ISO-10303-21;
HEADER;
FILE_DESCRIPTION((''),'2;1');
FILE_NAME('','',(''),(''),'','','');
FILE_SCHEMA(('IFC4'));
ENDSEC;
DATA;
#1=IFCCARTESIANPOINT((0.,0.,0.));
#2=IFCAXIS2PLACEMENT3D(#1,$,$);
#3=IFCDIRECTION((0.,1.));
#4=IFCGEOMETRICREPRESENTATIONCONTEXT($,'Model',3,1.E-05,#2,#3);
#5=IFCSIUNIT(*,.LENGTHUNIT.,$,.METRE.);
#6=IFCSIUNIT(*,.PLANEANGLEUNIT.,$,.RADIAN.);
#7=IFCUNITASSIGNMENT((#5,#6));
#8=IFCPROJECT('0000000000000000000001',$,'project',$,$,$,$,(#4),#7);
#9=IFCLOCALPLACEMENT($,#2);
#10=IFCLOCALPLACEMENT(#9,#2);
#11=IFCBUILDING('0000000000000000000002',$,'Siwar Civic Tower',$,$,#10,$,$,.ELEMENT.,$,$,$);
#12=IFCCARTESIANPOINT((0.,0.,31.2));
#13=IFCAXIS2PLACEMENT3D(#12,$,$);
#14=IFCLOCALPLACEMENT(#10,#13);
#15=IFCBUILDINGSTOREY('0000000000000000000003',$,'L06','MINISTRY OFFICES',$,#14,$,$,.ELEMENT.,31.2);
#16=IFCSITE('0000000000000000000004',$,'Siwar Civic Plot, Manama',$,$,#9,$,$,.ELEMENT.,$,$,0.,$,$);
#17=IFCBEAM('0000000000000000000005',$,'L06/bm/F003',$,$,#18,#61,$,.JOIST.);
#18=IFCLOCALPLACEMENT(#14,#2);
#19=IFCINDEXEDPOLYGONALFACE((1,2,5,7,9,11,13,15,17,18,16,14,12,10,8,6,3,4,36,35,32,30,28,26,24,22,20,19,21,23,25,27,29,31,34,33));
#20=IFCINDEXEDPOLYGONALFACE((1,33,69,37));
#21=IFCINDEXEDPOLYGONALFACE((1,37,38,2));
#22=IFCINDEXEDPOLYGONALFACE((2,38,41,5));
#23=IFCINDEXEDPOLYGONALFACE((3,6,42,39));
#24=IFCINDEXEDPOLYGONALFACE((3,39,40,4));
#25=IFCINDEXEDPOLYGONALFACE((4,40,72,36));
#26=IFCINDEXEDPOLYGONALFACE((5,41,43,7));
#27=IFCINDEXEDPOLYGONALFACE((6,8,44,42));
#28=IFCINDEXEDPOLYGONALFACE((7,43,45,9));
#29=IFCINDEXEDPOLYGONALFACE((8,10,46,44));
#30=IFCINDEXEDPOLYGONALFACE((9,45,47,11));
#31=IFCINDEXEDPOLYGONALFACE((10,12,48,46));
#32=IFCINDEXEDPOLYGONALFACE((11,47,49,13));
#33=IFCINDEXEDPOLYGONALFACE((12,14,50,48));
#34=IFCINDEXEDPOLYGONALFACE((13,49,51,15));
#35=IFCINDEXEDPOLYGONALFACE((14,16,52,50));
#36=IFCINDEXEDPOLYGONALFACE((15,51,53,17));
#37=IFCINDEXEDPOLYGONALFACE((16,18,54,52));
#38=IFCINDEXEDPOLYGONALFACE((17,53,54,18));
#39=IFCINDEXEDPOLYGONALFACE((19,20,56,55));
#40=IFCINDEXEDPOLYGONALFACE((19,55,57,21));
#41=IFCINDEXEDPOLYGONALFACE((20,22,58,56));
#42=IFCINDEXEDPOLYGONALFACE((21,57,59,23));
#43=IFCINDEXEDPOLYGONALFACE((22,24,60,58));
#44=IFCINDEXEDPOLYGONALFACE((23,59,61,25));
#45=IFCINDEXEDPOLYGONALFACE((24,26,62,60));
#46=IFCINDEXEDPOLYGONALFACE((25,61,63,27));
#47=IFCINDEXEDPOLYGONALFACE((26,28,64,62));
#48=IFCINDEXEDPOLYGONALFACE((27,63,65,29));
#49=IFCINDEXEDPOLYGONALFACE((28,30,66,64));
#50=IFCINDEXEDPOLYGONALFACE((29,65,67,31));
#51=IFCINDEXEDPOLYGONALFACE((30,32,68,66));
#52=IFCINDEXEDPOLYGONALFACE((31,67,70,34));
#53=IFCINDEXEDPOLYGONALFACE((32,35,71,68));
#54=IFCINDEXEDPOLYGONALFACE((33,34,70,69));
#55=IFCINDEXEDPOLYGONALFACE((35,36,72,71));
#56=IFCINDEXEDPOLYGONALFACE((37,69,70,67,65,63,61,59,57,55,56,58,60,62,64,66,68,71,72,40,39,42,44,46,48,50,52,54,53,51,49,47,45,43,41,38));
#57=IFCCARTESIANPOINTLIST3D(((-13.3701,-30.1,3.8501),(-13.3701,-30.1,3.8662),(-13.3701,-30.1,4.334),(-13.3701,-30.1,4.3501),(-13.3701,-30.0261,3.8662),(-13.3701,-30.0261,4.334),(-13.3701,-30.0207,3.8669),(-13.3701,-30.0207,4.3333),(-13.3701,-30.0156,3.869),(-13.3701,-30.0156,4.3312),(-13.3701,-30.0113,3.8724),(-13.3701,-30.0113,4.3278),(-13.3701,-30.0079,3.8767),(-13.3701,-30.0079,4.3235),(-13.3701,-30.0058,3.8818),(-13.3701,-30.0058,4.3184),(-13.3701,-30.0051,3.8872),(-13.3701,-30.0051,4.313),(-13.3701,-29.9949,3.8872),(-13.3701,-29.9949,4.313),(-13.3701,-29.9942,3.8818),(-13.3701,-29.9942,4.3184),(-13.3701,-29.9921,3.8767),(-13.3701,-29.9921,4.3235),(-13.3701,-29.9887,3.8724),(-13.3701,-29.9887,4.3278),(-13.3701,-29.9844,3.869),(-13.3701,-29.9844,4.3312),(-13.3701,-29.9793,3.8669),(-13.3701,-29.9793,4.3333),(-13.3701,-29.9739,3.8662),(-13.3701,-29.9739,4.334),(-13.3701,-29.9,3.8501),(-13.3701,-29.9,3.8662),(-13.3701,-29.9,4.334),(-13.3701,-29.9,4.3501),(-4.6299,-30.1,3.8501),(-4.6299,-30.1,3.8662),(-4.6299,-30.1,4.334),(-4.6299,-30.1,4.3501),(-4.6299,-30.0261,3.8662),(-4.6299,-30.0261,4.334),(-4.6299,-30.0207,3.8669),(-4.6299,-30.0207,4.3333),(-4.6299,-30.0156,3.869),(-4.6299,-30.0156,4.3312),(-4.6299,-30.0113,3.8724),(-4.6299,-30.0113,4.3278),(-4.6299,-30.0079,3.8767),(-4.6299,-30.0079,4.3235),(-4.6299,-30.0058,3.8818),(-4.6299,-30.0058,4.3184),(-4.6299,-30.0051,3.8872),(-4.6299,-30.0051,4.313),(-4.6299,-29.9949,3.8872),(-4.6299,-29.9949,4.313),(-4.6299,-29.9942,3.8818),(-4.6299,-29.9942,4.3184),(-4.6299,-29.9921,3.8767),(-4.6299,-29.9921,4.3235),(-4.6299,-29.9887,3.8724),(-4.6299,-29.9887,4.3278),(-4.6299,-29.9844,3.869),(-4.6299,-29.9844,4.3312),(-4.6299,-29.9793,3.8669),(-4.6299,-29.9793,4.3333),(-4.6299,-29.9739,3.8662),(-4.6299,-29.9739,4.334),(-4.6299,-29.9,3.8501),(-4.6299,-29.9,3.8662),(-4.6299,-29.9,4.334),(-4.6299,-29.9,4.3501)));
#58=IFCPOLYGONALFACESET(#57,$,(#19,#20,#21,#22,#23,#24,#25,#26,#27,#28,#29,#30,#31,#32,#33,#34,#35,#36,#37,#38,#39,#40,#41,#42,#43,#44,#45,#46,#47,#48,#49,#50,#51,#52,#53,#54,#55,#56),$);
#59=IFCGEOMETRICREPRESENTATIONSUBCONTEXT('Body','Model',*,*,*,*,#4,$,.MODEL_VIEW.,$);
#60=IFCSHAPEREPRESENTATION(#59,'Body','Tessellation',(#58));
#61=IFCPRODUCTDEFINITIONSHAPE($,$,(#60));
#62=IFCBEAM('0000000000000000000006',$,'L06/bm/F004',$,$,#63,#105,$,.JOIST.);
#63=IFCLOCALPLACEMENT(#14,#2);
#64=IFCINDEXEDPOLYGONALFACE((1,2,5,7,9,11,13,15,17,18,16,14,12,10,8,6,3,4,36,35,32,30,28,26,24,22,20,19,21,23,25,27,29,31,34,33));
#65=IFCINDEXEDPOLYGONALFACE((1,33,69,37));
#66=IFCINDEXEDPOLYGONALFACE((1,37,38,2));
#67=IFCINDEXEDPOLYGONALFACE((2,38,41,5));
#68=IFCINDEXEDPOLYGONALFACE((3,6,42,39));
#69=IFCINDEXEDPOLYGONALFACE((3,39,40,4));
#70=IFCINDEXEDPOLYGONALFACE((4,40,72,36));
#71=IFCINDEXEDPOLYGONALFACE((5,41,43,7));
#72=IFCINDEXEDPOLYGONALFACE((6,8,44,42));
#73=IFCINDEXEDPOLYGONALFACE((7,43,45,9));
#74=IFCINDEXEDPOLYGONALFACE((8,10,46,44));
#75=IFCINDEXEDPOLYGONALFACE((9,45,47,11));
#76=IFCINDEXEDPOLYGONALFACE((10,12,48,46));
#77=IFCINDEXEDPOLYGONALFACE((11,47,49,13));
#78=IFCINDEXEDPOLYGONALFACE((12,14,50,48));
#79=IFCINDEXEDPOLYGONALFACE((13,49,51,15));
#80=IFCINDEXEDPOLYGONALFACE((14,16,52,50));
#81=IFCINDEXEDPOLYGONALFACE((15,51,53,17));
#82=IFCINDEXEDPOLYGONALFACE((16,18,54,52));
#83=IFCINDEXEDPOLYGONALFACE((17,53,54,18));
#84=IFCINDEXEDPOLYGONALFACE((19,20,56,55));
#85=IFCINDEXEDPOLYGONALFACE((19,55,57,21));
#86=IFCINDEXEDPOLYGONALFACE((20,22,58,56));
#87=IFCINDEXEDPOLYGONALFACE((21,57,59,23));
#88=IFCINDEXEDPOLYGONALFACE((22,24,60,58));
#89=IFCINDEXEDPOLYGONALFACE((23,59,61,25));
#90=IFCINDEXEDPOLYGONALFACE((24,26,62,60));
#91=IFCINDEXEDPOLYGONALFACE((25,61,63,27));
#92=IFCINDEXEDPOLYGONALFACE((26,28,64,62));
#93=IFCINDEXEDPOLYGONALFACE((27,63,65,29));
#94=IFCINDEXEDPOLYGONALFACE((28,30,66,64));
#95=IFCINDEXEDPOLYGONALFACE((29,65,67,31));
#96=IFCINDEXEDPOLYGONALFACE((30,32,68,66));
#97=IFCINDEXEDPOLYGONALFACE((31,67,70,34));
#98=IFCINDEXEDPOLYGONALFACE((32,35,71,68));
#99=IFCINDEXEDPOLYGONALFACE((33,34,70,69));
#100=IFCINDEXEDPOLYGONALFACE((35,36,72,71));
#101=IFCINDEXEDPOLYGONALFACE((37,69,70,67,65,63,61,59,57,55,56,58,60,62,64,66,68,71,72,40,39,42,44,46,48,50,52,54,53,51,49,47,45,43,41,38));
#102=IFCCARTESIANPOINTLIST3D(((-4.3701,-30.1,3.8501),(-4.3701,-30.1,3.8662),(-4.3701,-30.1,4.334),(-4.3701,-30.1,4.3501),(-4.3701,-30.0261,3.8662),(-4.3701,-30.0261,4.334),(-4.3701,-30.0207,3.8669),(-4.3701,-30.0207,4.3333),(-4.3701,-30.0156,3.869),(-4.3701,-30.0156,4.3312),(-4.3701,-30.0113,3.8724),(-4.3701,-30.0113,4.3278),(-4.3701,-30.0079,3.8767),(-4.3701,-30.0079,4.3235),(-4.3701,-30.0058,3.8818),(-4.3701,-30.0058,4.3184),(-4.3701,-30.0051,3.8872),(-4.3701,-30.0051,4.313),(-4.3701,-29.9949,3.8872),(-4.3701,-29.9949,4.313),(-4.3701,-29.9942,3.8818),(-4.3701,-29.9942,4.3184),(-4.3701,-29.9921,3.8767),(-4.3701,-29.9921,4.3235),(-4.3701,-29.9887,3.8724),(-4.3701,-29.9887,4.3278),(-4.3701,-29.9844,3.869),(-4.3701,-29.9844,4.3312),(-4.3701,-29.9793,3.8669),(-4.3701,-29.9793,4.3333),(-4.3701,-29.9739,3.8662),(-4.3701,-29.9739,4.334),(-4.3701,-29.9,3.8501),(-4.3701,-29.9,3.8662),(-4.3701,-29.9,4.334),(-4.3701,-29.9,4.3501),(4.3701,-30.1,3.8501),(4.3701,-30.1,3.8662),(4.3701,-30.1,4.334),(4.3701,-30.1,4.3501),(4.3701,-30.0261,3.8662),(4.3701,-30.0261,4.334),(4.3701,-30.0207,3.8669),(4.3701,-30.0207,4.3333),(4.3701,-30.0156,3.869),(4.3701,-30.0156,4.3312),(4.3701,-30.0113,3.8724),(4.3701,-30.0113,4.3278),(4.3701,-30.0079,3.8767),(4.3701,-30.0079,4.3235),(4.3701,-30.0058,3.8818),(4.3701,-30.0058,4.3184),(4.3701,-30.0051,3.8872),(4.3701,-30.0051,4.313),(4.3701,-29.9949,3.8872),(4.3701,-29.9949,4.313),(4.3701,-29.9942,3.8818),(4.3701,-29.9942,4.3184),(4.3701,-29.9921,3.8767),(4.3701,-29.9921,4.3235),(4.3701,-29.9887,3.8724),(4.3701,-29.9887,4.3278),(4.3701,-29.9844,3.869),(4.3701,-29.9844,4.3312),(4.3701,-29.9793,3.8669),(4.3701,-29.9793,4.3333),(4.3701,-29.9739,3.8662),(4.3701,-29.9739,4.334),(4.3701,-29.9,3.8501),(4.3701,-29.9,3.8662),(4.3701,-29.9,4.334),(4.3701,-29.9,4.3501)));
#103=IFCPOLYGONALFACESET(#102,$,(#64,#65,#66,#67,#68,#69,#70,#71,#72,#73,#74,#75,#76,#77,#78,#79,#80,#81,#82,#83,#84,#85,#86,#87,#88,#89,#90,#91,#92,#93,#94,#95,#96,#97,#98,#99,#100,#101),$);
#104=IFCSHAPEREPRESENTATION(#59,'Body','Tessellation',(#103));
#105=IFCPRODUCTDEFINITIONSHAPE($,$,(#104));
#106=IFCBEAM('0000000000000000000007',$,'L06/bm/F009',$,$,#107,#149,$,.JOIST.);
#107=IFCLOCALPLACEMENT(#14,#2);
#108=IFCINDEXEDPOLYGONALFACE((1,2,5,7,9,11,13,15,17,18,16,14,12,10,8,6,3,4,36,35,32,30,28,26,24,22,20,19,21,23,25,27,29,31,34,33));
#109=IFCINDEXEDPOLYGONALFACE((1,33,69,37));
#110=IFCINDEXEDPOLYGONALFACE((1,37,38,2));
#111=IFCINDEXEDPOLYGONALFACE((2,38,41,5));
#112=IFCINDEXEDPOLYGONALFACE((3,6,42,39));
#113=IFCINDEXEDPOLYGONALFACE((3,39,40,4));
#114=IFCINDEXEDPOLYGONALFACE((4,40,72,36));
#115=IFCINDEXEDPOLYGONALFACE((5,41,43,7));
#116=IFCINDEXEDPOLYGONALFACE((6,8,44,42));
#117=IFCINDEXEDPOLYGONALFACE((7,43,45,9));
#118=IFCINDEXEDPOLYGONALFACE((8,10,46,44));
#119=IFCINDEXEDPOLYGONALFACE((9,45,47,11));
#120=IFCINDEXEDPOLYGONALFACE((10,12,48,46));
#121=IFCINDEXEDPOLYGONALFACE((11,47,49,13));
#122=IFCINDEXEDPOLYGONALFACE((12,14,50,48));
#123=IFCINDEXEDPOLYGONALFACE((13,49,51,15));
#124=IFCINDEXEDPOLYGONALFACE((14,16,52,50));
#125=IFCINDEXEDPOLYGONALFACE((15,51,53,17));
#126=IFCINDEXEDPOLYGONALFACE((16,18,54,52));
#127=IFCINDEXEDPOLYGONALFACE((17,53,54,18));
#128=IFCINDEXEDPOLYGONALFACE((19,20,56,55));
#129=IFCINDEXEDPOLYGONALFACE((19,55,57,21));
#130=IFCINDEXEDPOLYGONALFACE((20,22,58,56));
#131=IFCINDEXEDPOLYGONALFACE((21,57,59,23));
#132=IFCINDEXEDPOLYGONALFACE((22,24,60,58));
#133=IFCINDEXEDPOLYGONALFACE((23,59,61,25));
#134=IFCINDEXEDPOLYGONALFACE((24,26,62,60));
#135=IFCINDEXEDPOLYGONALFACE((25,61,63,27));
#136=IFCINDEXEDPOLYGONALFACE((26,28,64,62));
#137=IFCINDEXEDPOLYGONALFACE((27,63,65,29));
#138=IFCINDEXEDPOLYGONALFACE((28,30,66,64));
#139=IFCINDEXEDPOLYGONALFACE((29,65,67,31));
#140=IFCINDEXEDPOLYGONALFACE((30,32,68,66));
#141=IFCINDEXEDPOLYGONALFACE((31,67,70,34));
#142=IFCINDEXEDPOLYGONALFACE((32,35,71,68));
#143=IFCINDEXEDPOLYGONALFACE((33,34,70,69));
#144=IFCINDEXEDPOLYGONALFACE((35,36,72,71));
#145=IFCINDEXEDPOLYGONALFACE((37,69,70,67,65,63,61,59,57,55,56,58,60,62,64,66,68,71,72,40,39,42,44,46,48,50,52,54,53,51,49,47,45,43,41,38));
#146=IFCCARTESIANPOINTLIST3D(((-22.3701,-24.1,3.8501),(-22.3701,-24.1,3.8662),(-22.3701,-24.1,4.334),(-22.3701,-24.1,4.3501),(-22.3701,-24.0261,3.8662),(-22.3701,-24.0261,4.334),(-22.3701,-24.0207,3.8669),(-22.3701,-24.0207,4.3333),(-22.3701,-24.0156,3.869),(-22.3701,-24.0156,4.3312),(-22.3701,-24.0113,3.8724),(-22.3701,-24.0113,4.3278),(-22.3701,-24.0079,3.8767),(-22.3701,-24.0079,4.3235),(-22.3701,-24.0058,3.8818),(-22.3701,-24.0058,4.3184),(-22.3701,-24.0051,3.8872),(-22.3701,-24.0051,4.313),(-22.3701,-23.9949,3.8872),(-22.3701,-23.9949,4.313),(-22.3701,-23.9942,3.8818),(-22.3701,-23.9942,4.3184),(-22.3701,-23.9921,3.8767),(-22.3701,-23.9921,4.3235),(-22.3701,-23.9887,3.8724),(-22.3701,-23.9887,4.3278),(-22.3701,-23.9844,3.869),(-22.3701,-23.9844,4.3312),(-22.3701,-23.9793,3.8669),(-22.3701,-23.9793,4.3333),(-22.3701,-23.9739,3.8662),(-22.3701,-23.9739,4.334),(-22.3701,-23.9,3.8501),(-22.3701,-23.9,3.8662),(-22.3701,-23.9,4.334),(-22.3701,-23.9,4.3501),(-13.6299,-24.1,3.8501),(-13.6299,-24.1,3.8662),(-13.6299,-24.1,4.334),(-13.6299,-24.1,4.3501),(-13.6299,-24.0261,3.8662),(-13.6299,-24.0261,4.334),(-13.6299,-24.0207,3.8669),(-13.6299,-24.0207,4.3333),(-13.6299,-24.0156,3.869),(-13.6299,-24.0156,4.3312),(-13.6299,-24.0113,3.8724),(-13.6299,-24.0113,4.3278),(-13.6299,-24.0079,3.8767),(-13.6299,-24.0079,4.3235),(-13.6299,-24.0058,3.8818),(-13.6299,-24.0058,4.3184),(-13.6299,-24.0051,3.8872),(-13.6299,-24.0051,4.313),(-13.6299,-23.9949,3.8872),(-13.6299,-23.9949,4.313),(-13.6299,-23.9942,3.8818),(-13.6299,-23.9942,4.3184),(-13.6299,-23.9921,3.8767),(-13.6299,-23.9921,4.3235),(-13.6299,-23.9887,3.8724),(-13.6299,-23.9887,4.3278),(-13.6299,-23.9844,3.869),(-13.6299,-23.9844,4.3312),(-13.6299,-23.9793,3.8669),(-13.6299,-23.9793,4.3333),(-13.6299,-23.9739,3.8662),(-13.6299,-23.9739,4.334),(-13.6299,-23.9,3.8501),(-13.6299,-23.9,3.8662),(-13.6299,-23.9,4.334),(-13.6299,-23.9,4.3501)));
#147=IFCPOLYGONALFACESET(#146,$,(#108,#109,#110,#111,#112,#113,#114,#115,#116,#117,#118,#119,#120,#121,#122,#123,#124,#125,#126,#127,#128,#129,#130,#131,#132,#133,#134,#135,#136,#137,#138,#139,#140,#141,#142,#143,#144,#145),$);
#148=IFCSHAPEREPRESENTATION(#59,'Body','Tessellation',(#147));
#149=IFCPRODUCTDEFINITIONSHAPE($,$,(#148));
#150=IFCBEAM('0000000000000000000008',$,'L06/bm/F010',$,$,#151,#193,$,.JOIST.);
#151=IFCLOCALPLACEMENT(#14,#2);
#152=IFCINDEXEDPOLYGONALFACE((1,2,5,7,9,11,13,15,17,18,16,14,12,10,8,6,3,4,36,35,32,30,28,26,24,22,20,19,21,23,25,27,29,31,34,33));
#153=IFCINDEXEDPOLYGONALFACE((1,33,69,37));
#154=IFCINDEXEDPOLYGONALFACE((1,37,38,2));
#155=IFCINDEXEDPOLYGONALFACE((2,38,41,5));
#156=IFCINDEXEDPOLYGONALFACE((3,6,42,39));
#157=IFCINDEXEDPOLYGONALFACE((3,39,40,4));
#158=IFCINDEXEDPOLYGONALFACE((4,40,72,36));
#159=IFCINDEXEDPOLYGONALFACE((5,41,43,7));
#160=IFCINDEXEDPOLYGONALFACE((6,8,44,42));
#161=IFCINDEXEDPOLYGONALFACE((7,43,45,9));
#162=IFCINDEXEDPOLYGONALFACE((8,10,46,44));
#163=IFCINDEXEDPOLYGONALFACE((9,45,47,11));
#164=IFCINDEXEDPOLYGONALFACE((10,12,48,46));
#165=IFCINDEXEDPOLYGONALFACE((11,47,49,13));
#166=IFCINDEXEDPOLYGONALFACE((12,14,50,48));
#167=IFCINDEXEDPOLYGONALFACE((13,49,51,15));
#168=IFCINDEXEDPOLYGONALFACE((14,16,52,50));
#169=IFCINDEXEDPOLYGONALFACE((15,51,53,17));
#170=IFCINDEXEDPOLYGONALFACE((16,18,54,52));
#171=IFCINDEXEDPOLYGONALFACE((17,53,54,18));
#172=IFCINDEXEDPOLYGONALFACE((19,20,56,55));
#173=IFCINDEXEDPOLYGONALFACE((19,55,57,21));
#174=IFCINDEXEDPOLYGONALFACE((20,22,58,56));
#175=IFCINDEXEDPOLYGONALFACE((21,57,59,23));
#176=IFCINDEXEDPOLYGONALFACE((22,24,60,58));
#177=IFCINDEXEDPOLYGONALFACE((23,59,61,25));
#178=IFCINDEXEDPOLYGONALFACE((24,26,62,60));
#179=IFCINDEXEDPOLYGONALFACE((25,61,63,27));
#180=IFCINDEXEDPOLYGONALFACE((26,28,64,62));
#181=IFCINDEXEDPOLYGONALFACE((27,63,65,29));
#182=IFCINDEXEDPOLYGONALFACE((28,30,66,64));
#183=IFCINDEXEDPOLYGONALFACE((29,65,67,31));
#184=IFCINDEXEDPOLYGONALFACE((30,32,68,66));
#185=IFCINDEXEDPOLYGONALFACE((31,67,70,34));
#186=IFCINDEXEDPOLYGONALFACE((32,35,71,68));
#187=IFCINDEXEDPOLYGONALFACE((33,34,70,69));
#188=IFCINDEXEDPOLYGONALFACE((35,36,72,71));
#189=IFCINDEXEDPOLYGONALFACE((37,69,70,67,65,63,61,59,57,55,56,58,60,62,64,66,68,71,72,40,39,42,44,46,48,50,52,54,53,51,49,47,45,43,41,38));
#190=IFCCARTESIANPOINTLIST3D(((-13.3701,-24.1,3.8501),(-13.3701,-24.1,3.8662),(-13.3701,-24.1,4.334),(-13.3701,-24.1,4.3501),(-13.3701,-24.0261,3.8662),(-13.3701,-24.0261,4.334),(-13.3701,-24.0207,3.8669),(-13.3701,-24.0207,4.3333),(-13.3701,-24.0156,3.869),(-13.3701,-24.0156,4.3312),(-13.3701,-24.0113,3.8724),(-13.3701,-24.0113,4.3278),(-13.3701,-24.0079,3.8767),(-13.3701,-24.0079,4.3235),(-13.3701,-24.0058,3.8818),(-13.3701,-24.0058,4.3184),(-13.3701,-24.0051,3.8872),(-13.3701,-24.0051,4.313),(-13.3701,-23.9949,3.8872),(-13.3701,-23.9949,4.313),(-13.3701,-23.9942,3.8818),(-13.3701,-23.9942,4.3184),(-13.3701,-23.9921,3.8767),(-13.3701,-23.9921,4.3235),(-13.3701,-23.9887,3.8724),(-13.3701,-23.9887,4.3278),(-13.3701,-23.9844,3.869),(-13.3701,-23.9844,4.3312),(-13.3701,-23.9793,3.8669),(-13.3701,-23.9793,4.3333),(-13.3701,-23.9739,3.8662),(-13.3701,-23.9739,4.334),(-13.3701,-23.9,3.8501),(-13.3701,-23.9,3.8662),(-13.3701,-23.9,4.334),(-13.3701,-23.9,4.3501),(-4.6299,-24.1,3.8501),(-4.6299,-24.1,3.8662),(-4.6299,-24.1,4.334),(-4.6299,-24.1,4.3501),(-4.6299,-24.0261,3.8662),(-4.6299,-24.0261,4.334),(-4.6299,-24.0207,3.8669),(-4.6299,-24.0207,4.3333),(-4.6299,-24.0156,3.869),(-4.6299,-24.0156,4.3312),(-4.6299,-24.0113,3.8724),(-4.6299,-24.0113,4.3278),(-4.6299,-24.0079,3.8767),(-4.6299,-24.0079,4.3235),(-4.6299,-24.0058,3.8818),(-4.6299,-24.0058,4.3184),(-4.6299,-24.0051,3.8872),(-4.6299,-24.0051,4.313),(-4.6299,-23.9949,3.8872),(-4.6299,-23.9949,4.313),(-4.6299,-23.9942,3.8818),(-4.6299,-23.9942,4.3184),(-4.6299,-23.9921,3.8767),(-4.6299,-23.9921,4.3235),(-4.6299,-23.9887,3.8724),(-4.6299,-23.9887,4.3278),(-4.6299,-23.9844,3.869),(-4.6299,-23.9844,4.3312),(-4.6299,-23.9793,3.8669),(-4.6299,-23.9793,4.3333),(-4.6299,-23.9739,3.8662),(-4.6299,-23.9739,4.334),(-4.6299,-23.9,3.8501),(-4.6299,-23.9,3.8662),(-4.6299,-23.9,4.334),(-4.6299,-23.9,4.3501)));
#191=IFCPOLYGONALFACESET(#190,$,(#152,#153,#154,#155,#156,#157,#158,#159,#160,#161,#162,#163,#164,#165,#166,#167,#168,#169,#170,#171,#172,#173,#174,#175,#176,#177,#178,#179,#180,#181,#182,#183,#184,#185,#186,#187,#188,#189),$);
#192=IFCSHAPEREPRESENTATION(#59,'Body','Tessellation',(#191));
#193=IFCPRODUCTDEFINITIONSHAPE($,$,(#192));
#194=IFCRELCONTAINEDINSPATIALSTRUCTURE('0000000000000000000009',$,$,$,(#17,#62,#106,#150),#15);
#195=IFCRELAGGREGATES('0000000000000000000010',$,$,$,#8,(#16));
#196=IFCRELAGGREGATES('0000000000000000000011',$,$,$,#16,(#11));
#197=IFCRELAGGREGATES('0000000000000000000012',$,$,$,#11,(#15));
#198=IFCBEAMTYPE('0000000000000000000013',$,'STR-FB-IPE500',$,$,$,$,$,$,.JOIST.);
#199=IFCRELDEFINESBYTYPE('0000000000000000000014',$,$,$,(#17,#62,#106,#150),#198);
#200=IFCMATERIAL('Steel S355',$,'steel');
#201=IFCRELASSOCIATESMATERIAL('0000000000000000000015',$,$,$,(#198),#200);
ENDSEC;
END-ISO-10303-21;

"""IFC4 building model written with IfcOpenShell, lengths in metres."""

from ifc_helpers import new_model, si_unit, direction, frame, origin, origin_2d, place, context, subcontext, project, spatial, i_section, extrude, material, material_profile, profile_set, type_object, element, save


model = new_model("IFC4")

# Units and contexts
model_context = context("Model", 3, precision=1e-05, world=origin(), true_north=direction((0.0, 1.0)))
body_context = subcontext(model_context, "Body", "Model", "MODEL_VIEW")
ifc_project = project(units=[si_unit("LENGTHUNIT", "METRE"), si_unit("PLANEANGLEUNIT", "RADIAN")], contexts=[model_context])

# Site, building, storey
site_placement = place(None, origin())
site = spatial("IfcSite", under=ifc_project, at=site_placement, Name="Siwar Civic Plot, Manama", CompositionType="ELEMENT", RefElevation=0.0)
building_placement = place(site_placement, origin())
building = spatial("IfcBuilding", under=site, at=building_placement, Name="Siwar Civic Tower", CompositionType="ELEMENT")
storey_placement = place(building_placement, frame((0.0, 0.0, 31.2)))
storey = spatial("IfcBuildingStorey", under=building, at=storey_placement, Name="L06", Description="MINISTRY OFFICES", CompositionType="ELEMENT", Elevation=31.2)

# Beams
ifc_material_1 = material(Name="Steel S355", Category="steel")
ifc_material_profile_1 = material_profile(ifc_material_1, i_section(OverallWidth=0.2, OverallDepth=0.5, WebThickness=0.0103, FlangeThickness=0.0161, FilletRadius=0.021, at=origin_2d()), Name="IPE500")
ifc_profile_set_1 = profile_set([ifc_material_profile_1], Name="Steel S355")
beam_type_1 = type_object("IfcBeamType", Name="STR-FB-IPE500", PredefinedType="JOIST", material=ifc_profile_set_1)
for number, where, z_axis, x_axis, name in (
    (1, (-13.3701, -30.0, 4.1001), (1.0, 0.0, 0.0), (0.0, 1.0, 0.0), "L06/bm/F003"),
    (2, (-4.3701, -30.0, 4.1001), (1.0, 0.0, 0.0), (0.0, 1.0, 0.0), "L06/bm/F004"),
    (3, (-22.3701, -24.0, 4.1001), (1.0, 0.0, 0.0), (0.0, 1.0, 0.0), "L06/bm/F009"),
    (4, (-13.3701, -24.0, 4.1001), (1.0, 0.0, 0.0), (0.0, 1.0, 0.0), "L06/bm/F010"),
):
    element("IfcBeam", number, at=place(storey_placement, frame(where, z_axis=z_axis, x_axis=x_axis)), inside=storey, type_object=beam_type_1, Name=name, PredefinedType="JOIST", context=body_context, shape_type="SweptSolid", body=[
        extrude(i_section(OverallWidth=0.2, OverallDepth=0.5, WebThickness=0.0103, FlangeThickness=0.0161, FilletRadius=0.021, at=origin_2d()), origin(), (0.0, 0.0, 1.0), 8.7402),
    ])

save(model, "model.ifc")
